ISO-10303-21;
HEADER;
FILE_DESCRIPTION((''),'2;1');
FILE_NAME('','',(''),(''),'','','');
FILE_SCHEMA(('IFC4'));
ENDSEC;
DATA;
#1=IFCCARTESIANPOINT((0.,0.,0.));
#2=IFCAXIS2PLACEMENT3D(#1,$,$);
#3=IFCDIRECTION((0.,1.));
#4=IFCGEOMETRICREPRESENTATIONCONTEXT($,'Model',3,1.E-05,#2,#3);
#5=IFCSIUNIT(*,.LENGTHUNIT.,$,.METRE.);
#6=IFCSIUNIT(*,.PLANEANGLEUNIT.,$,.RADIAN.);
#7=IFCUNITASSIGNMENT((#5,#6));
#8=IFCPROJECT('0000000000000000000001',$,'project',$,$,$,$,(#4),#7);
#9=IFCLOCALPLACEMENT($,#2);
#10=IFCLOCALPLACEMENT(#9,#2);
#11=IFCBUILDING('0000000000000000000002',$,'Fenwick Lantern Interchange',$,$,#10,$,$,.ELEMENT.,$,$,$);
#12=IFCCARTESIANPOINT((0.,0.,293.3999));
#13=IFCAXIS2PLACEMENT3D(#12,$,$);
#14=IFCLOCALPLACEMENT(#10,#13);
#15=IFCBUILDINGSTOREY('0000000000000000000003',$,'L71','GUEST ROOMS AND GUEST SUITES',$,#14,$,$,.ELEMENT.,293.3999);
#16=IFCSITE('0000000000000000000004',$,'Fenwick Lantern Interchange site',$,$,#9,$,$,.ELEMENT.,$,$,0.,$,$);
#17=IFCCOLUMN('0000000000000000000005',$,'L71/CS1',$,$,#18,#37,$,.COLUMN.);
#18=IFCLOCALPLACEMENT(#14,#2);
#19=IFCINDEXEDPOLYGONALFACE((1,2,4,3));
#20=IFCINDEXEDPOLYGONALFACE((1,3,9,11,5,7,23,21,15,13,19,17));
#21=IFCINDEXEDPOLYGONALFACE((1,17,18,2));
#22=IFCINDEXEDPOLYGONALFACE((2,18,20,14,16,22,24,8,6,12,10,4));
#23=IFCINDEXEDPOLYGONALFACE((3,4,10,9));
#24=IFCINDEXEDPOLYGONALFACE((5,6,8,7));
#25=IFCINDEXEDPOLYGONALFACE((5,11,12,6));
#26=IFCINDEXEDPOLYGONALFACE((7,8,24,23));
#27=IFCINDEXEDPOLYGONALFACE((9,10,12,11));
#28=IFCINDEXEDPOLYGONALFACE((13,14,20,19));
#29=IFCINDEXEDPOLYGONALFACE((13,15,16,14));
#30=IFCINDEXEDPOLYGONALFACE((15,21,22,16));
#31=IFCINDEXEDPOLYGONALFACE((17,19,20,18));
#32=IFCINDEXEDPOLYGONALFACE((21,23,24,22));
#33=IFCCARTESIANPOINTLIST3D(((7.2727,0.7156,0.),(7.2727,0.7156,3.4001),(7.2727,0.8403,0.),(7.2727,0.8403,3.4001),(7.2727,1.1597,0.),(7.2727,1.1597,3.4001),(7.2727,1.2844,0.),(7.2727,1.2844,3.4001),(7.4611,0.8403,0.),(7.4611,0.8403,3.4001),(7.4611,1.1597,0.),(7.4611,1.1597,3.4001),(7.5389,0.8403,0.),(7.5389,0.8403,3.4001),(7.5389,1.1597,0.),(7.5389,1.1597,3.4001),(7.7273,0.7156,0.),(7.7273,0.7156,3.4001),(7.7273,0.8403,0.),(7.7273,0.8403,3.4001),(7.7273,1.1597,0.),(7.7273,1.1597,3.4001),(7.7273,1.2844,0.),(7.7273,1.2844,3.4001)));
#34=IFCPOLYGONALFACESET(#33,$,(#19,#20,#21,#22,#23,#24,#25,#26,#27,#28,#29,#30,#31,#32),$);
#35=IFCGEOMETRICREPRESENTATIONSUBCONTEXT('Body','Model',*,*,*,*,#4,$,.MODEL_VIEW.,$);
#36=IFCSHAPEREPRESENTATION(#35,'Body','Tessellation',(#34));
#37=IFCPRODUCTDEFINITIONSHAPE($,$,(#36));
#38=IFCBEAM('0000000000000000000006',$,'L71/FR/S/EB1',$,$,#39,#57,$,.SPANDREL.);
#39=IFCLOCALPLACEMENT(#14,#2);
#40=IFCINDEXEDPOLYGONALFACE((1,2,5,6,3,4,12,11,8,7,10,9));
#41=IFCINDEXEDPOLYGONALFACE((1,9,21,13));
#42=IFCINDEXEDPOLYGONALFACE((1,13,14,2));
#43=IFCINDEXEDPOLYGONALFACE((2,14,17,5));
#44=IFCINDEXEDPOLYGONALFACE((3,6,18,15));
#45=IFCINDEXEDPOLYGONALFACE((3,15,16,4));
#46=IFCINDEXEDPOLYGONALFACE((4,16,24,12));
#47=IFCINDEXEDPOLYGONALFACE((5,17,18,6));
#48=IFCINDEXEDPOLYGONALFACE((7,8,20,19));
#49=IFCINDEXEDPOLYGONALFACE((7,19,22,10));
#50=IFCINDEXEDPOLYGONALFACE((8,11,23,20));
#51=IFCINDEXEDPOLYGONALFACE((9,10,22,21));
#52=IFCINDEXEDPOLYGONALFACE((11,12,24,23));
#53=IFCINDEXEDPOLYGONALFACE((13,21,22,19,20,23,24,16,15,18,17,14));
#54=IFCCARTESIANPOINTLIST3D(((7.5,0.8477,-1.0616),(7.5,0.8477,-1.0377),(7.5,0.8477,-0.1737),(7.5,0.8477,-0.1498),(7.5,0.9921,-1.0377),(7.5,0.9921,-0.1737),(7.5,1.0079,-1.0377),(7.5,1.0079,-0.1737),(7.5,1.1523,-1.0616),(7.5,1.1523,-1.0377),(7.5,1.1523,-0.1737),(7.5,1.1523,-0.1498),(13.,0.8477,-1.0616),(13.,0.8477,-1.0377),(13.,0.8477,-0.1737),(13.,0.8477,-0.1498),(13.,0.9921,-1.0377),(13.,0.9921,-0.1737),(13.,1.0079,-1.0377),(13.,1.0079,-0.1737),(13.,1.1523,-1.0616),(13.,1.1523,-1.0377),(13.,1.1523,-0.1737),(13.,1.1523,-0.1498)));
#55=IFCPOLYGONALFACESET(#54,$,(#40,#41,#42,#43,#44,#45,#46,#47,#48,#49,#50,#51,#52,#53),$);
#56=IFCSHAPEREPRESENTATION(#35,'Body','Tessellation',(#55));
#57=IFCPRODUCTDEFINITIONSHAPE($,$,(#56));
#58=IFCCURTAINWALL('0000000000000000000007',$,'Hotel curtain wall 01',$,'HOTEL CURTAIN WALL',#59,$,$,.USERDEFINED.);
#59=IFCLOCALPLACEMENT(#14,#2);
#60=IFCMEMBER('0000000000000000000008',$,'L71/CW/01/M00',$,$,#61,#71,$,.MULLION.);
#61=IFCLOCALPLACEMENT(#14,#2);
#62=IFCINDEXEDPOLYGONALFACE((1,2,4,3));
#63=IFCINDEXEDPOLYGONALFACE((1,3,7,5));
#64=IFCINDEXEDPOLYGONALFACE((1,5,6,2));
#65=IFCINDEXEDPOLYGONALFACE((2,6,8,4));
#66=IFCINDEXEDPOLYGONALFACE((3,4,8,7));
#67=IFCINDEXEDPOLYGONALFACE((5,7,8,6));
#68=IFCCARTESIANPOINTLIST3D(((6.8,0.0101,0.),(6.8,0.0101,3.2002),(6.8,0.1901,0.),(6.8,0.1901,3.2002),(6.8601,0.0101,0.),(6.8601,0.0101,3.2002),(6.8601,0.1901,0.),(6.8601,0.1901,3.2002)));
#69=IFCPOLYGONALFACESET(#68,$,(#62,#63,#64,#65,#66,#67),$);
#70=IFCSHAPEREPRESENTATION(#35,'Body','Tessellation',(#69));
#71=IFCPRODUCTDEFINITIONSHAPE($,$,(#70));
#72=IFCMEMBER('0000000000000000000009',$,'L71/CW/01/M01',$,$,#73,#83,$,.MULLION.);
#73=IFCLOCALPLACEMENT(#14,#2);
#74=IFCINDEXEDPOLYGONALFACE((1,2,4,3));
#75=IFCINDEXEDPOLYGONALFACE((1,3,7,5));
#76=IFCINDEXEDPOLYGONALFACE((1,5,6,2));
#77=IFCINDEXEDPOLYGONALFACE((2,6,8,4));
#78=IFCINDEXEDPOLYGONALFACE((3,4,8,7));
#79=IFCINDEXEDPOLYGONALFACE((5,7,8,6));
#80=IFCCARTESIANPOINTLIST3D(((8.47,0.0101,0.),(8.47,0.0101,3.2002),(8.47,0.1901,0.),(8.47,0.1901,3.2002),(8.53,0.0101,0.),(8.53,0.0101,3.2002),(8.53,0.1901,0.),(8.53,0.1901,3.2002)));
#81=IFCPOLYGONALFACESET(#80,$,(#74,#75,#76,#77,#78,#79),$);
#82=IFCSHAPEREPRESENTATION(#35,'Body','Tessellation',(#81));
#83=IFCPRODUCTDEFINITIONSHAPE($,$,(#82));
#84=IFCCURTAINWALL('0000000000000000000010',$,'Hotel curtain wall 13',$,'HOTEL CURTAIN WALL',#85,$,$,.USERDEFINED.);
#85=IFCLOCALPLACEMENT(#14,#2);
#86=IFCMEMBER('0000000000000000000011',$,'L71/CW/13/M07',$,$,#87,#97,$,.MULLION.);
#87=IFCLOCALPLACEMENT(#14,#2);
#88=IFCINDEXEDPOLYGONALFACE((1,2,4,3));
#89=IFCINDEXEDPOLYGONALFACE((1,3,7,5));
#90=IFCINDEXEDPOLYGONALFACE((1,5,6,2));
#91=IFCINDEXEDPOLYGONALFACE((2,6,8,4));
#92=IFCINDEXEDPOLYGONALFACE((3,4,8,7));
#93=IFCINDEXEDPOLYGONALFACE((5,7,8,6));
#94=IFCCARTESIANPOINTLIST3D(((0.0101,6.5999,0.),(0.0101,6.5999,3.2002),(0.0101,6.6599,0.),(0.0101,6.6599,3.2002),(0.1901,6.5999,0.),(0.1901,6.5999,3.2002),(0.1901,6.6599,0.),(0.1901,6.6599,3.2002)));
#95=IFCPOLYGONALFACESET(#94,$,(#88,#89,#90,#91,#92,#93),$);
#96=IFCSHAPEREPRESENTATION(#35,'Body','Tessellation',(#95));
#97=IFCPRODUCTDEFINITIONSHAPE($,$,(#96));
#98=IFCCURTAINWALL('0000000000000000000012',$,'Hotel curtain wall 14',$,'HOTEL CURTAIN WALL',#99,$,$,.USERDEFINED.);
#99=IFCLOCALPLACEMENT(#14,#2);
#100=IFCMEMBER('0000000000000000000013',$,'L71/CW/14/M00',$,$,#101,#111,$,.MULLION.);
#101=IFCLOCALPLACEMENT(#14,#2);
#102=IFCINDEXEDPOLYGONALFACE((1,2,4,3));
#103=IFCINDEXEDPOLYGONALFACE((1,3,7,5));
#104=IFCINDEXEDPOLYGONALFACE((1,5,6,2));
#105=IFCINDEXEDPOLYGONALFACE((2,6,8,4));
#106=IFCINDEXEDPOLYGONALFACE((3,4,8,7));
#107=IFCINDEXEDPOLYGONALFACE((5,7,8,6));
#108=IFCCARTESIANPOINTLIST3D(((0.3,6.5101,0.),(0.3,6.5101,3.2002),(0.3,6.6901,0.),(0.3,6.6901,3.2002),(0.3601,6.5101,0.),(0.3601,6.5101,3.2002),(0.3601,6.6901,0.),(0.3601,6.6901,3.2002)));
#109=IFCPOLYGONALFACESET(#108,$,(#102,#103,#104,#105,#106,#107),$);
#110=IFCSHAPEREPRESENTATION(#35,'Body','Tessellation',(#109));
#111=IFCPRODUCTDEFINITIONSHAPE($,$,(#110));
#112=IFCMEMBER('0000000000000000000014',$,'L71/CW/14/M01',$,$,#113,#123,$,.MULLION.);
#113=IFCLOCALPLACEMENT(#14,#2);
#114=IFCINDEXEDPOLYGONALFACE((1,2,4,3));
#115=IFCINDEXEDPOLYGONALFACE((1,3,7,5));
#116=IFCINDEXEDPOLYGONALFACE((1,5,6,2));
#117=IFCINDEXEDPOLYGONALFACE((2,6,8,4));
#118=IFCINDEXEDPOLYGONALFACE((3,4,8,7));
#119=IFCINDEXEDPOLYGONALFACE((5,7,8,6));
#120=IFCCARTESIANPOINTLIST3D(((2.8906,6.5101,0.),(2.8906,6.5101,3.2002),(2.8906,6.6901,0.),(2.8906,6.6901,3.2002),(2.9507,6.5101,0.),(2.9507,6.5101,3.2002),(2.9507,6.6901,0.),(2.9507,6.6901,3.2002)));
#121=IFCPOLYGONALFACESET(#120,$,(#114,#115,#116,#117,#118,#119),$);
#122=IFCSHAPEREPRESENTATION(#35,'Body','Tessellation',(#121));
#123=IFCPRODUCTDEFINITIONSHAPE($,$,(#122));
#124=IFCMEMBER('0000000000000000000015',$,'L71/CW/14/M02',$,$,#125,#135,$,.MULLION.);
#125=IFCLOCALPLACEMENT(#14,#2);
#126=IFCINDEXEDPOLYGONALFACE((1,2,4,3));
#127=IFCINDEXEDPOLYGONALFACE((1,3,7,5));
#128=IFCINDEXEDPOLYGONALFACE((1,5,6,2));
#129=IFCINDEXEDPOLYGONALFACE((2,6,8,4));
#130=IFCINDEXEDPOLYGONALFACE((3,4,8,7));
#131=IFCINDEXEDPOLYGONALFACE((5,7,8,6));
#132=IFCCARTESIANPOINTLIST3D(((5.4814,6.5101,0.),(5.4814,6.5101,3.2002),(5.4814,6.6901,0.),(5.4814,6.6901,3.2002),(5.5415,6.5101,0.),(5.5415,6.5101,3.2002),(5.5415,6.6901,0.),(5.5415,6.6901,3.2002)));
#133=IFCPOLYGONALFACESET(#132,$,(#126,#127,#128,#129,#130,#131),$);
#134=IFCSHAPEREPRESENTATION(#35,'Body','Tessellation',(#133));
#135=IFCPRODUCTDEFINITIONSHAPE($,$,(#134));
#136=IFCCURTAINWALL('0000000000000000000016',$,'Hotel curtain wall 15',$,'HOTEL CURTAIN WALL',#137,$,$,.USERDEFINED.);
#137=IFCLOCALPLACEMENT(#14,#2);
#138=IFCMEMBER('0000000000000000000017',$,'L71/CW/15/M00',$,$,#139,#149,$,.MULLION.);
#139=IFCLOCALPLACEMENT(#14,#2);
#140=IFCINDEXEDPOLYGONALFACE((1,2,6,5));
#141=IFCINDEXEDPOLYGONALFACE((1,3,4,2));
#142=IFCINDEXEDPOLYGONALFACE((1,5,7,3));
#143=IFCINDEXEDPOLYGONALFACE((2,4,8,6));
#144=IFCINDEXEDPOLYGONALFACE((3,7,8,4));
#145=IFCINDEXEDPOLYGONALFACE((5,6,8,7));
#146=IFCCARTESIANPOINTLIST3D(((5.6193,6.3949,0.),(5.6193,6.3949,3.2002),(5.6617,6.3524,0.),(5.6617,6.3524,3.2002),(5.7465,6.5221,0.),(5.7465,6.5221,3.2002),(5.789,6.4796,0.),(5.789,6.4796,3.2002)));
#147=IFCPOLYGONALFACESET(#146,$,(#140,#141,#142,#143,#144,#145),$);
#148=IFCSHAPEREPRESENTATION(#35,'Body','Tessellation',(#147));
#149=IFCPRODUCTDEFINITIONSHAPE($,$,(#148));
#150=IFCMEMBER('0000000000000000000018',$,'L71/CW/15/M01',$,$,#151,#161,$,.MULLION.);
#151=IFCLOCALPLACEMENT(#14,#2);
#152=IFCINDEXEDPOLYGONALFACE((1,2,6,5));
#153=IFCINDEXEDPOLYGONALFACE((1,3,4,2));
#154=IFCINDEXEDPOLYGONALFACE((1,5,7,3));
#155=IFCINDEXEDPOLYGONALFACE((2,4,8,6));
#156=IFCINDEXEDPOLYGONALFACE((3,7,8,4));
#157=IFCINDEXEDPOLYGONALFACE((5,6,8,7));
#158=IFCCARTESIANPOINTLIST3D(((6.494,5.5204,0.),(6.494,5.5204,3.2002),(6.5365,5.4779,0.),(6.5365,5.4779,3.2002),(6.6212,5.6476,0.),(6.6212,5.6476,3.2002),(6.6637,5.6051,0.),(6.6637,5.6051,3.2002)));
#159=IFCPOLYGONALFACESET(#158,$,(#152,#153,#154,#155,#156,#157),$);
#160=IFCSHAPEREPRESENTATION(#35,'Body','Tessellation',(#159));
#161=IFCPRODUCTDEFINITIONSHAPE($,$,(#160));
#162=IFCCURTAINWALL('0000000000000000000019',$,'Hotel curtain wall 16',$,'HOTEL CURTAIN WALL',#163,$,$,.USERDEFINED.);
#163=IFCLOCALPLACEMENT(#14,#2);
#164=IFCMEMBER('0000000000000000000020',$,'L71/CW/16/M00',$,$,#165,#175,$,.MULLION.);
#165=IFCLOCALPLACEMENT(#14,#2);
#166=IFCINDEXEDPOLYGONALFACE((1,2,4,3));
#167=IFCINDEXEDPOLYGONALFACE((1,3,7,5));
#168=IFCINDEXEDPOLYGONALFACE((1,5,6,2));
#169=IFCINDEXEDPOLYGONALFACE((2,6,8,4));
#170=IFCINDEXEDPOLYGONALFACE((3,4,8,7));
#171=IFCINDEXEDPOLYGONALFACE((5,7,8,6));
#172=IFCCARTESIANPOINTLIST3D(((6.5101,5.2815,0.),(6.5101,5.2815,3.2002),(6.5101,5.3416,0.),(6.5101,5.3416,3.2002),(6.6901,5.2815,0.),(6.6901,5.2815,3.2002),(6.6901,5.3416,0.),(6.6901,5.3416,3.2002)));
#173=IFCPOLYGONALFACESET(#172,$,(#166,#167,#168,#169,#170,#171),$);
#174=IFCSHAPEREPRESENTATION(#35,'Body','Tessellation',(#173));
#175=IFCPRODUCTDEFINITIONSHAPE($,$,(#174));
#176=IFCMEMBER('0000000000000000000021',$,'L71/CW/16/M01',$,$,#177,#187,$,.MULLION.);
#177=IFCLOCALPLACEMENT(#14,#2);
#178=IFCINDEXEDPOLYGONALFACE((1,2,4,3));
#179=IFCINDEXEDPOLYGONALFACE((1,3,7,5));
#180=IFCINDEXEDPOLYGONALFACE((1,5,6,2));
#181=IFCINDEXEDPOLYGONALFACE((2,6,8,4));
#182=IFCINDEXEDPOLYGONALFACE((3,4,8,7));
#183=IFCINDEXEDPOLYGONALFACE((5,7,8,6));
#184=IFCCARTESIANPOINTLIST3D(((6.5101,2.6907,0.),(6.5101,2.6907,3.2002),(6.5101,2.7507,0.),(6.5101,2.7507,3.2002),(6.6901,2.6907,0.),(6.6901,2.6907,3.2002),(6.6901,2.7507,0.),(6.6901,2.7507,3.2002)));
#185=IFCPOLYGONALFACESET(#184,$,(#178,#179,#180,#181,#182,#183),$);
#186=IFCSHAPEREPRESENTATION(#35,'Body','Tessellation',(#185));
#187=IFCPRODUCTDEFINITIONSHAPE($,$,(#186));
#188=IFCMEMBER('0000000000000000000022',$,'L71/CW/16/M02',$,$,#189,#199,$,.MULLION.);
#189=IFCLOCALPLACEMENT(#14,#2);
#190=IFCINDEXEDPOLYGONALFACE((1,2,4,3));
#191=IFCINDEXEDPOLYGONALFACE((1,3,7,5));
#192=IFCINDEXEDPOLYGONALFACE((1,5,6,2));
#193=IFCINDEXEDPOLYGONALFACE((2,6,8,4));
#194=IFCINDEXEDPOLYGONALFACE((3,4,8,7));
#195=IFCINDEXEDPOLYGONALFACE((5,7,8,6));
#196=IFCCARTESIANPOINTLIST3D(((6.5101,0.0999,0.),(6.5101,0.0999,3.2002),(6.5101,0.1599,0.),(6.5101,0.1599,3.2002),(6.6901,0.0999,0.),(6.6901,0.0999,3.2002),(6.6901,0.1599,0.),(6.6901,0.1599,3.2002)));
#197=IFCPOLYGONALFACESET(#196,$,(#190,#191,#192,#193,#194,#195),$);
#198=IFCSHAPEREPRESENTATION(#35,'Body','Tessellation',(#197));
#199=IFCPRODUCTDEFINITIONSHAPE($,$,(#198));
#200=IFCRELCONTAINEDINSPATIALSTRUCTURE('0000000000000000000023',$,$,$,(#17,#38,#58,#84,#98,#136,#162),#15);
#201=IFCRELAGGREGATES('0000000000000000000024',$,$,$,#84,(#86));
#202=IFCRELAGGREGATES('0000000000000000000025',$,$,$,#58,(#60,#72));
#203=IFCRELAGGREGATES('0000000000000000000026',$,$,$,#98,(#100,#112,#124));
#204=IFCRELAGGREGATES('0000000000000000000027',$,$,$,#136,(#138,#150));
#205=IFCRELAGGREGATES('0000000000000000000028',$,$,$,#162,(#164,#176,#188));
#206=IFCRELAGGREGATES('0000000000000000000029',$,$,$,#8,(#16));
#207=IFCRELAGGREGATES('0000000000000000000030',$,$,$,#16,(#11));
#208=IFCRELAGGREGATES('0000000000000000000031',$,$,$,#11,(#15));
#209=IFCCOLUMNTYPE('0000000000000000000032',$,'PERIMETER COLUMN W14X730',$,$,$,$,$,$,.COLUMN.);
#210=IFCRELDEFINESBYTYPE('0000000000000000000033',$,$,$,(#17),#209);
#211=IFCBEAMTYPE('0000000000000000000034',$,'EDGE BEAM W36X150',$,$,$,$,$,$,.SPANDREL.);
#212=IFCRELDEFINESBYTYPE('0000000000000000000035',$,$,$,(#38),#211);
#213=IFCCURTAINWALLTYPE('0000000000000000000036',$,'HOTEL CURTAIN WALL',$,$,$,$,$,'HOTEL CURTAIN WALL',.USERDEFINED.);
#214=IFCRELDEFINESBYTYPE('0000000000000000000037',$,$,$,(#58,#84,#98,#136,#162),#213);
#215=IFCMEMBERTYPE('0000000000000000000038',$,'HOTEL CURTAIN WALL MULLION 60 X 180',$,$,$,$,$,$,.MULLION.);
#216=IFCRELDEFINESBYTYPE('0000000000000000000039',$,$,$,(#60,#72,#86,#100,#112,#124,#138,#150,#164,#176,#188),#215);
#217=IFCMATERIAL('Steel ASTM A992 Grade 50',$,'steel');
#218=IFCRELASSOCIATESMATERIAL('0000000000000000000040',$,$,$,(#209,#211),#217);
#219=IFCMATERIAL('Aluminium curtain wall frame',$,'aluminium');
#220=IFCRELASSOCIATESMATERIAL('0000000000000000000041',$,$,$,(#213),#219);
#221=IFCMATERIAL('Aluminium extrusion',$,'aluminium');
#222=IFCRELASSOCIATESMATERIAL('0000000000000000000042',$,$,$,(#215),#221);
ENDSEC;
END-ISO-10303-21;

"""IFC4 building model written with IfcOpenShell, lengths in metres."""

from ifc_helpers import new_model, si_unit, direction, frame, origin, origin_2d, place, context, subcontext, project, spatial, rectangle, i_section, extrude, material, material_profile, profile_set, type_object, element, aggregate, save


model = new_model("IFC4")

# Units and contexts
model_context = context("Model", 3, precision=1e-05, world=origin(), true_north=direction((0.0, 1.0)))
body_context = subcontext(model_context, "Body", "Model", "MODEL_VIEW")
ifc_project = project(units=[si_unit("LENGTHUNIT", "METRE"), si_unit("PLANEANGLEUNIT", "RADIAN")], contexts=[model_context])

# Site, building, storey
site_placement = place(None, origin())
site = spatial("IfcSite", under=ifc_project, at=site_placement, Name="Fenwick Lantern Interchange site", CompositionType="ELEMENT", RefElevation=0.0)
building_placement = place(site_placement, origin())
building = spatial("IfcBuilding", under=site, at=building_placement, Name="Fenwick Lantern Interchange", CompositionType="ELEMENT")
storey_placement = place(building_placement, frame((0.0, 0.0, 293.3999)))
storey = spatial("IfcBuildingStorey", under=building, at=storey_placement, Name="L71", Description="GUEST ROOMS AND GUEST SUITES", CompositionType="ELEMENT", Elevation=293.3999)

# Column
ifc_material_1 = material(Name="Steel ASTM A992 Grade 50", Category="steel")
ifc_material_profile_1 = material_profile(ifc_material_1, i_section(OverallWidth=0.4546, OverallDepth=0.5688, WebThickness=0.0779, FlangeThickness=0.1248, at=origin_2d()), Name="W14X730")
ifc_profile_set_1 = profile_set([ifc_material_profile_1], Name="Steel ASTM A992 Grade 50")
column_type = type_object("IfcColumnType", Name="PERIMETER COLUMN W14X730", PredefinedType="COLUMN", material=ifc_profile_set_1)
column_placement = place(storey_placement, frame((7.5, 1.0, 0.0), z_axis=(0.0, 0.0, 1.0), x_axis=(1.0, 0.0, 0.0)))
element("IfcColumn", 1, at=column_placement, inside=storey, type_object=column_type, Name="L71/CS1", PredefinedType="COLUMN", context=body_context, shape_type="SweptSolid", body=[
    extrude(i_section(OverallWidth=0.4546, OverallDepth=0.5688, WebThickness=0.0779, FlangeThickness=0.1248, at=origin_2d()), origin(), (0.0, 0.0, 1.0), 3.4001),
])

# Beam
ifc_material_profile_2 = material_profile(ifc_material_1, i_section(OverallWidth=0.3047, OverallDepth=0.9119, WebThickness=0.0159, FlangeThickness=0.0239, at=origin_2d()), Name="W36X150")
ifc_profile_set_2 = profile_set([ifc_material_profile_2], Name="Steel ASTM A992 Grade 50")
beam_type_1 = type_object("IfcBeamType", Name="EDGE BEAM W36X150", PredefinedType="SPANDREL", material=ifc_profile_set_2)
beam_1_placement = place(storey_placement, frame((7.5, 1.0, -0.6057), z_axis=(1.0, 0.0, 0.0), x_axis=(0.0, 1.0, 0.0)))
element("IfcBeam", 2, at=beam_1_placement, inside=storey, type_object=beam_type_1, Name="L71/FR/S/EB1", PredefinedType="SPANDREL", context=body_context, shape_type="SweptSolid", body=[
    extrude(i_section(OverallWidth=0.3047, OverallDepth=0.9119, WebThickness=0.0159, FlangeThickness=0.0239, at=origin_2d()), origin(), (0.0, 0.0, 1.0), 5.5),
])

# Curtain wall, members
ifc_material_2 = material(Name="Aluminium curtain wall frame", Category="aluminium")
curtain_wall_type = type_object("IfcCurtainWallType", Name="HOTEL CURTAIN WALL", ElementType="HOTEL CURTAIN WALL", PredefinedType="USERDEFINED", material=ifc_material_2)
curtain_wall_1_placement = place(storey_placement, origin())
curtain_wall_1 = element("IfcCurtainWall", 3, at=curtain_wall_1_placement, inside=storey, type_object=curtain_wall_type, Name="Hotel curtain wall 01", ObjectType="HOTEL CURTAIN WALL", PredefinedType="USERDEFINED")
ifc_material_3 = material(Name="Aluminium extrusion", Category="aluminium")
ifc_material_profile_3 = material_profile(ifc_material_3, rectangle(XDim=0.1799, YDim=0.0601, at=origin_2d()), Name="HOTEL CURTAIN WALL MULLION 60 X 180")
ifc_profile_set_3 = profile_set([ifc_material_profile_3], Name="Aluminium extrusion")
member_type_1 = type_object("IfcMemberType", Name="HOTEL CURTAIN WALL MULLION 60 X 180", PredefinedType="MULLION", material=ifc_profile_set_3)
member_1_placement = place(storey_placement, frame((6.8301, 0.1001, 0.0), z_axis=(0.0, 0.0, 1.0), x_axis=(0.0, 1.0, 0.0)))
member_1 = element("IfcMember", 4, at=member_1_placement, type_object=member_type_1, Name="L71/CW/01/M00", PredefinedType="MULLION", context=body_context, shape_type="SweptSolid", body=[
    extrude(rectangle(XDim=0.1799, YDim=0.0601, at=origin_2d()), origin(), (0.0, 0.0, 1.0), 3.2002),
])
member_2_placement = place(storey_placement, frame((8.5, 0.1001, 0.0), z_axis=(0.0, 0.0, 1.0), x_axis=(0.0, 1.0, 0.0)))
member_2 = element("IfcMember", 5, at=member_2_placement, type_object=member_type_1, Name="L71/CW/01/M01", PredefinedType="MULLION", context=body_context, shape_type="SweptSolid", body=[
    extrude(rectangle(XDim=0.1799, YDim=0.0601, at=origin_2d()), origin(), (0.0, 0.0, 1.0), 3.2002),
])

# Curtain wall, member
curtain_wall_2_placement = place(storey_placement, origin())
curtain_wall_2 = element("IfcCurtainWall", 6, at=curtain_wall_2_placement, inside=storey, type_object=curtain_wall_type, Name="Hotel curtain wall 13", ObjectType="HOTEL CURTAIN WALL", PredefinedType="USERDEFINED")
member_3_placement = place(storey_placement, frame((0.1001, 6.6299, 0.0), z_axis=(0.0, 0.0, 1.0), x_axis=(1.0, 0.0, 0.0)))
member_3 = element("IfcMember", 7, at=member_3_placement, type_object=member_type_1, Name="L71/CW/13/M07", PredefinedType="MULLION", context=body_context, shape_type="SweptSolid", body=[
    extrude(rectangle(XDim=0.1799, YDim=0.0601, at=origin_2d()), origin(), (0.0, 0.0, 1.0), 3.2002),
])
aggregate(curtain_wall_2, [member_3])

# Curtain walls, members
curtain_wall_3_placement = place(storey_placement, origin())
curtain_wall_3 = element("IfcCurtainWall", 8, at=curtain_wall_3_placement, inside=storey, type_object=curtain_wall_type, Name="Hotel curtain wall 14", ObjectType="HOTEL CURTAIN WALL", PredefinedType="USERDEFINED")
member_4_placement = place(storey_placement, frame((0.3301, 6.6001, 0.0), z_axis=(0.0, 0.0, 1.0), x_axis=(0.0, 1.0, 0.0)))
member_4 = element("IfcMember", 9, at=member_4_placement, type_object=member_type_1, Name="L71/CW/14/M00", PredefinedType="MULLION", context=body_context, shape_type="SweptSolid", body=[
    extrude(rectangle(XDim=0.1799, YDim=0.0601, at=origin_2d()), origin(), (0.0, 0.0, 1.0), 3.2002),
])
member_5_placement = place(storey_placement, frame((2.9207, 6.6001, 0.0), z_axis=(0.0, 0.0, 1.0), x_axis=(0.0, 1.0, 0.0)))
member_5 = element("IfcMember", 10, at=member_5_placement, type_object=member_type_1, Name="L71/CW/14/M01", PredefinedType="MULLION", context=body_context, shape_type="SweptSolid", body=[
    extrude(rectangle(XDim=0.1799, YDim=0.0601, at=origin_2d()), origin(), (0.0, 0.0, 1.0), 3.2002),
])
member_6_placement = place(storey_placement, frame((5.5115, 6.6001, 0.0), z_axis=(0.0, 0.0, 1.0), x_axis=(0.0, 1.0, 0.0)))
member_6 = element("IfcMember", 11, at=member_6_placement, type_object=member_type_1, Name="L71/CW/14/M02", PredefinedType="MULLION", context=body_context, shape_type="SweptSolid", body=[
    extrude(rectangle(XDim=0.1799, YDim=0.0601, at=origin_2d()), origin(), (0.0, 0.0, 1.0), 3.2002),
])
curtain_wall_4_placement = place(storey_placement, origin())
curtain_wall_4 = element("IfcCurtainWall", 12, at=curtain_wall_4_placement, inside=storey, type_object=curtain_wall_type, Name="Hotel curtain wall 15", ObjectType="HOTEL CURTAIN WALL", PredefinedType="USERDEFINED")
member_7_placement = place(storey_placement, frame((5.7041, 6.4373, 0.0), z_axis=(0.0, 0.0, 1.0), x_axis=(0.707107, 0.707107, 0.0)))
member_7 = element("IfcMember", 13, at=member_7_placement, type_object=member_type_1, Name="L71/CW/15/M00", PredefinedType="MULLION", context=body_context, shape_type="SweptSolid", body=[
    extrude(rectangle(XDim=0.1799, YDim=0.0601, at=origin_2d()), origin(), (0.0, 0.0, 1.0), 3.2002),
])
member_8_placement = place(storey_placement, frame((6.5789, 5.5627, 0.0), z_axis=(0.0, 0.0, 1.0), x_axis=(0.707107, 0.707107, 0.0)))
member_8 = element("IfcMember", 14, at=member_8_placement, type_object=member_type_1, Name="L71/CW/15/M01", PredefinedType="MULLION", context=body_context, shape_type="SweptSolid", body=[
    extrude(rectangle(XDim=0.1799, YDim=0.0601, at=origin_2d()), origin(), (0.0, 0.0, 1.0), 3.2002),
])
curtain_wall_5_placement = place(storey_placement, origin())
curtain_wall_5 = element("IfcCurtainWall", 15, at=curtain_wall_5_placement, inside=storey, type_object=curtain_wall_type, Name="Hotel curtain wall 16", ObjectType="HOTEL CURTAIN WALL", PredefinedType="USERDEFINED")
member_9_placement = place(storey_placement, frame((6.6001, 5.3115, 0.0), z_axis=(0.0, 0.0, 1.0), x_axis=(1.0, 0.0, 0.0)))
member_9 = element("IfcMember", 16, at=member_9_placement, type_object=member_type_1, Name="L71/CW/16/M00", PredefinedType="MULLION", context=body_context, shape_type="SweptSolid", body=[
    extrude(rectangle(XDim=0.1799, YDim=0.0601, at=origin_2d()), origin(), (0.0, 0.0, 1.0), 3.2002),
])
member_10_placement = place(storey_placement, frame((6.6001, 2.7207, 0.0), z_axis=(0.0, 0.0, 1.0), x_axis=(1.0, 0.0, 0.0)))
member_10 = element("IfcMember", 17, at=member_10_placement, type_object=member_type_1, Name="L71/CW/16/M01", PredefinedType="MULLION", context=body_context, shape_type="SweptSolid", body=[
    extrude(rectangle(XDim=0.1799, YDim=0.0601, at=origin_2d()), origin(), (0.0, 0.0, 1.0), 3.2002),
])
member_11_placement = place(storey_placement, frame((6.6001, 0.1299, 0.0), z_axis=(0.0, 0.0, 1.0), x_axis=(1.0, 0.0, 0.0)))
member_11 = element("IfcMember", 18, at=member_11_placement, type_object=member_type_1, Name="L71/CW/16/M02", PredefinedType="MULLION", context=body_context, shape_type="SweptSolid", body=[
    extrude(rectangle(XDim=0.1799, YDim=0.0601, at=origin_2d()), origin(), (0.0, 0.0, 1.0), 3.2002),
])

aggregate(curtain_wall_1, [member_1, member_2])
aggregate(curtain_wall_3, [member_4, member_5, member_6])
aggregate(curtain_wall_4, [member_7, member_8])
aggregate(curtain_wall_5, [member_9, member_10, member_11])

save(model, "model.ifc")
